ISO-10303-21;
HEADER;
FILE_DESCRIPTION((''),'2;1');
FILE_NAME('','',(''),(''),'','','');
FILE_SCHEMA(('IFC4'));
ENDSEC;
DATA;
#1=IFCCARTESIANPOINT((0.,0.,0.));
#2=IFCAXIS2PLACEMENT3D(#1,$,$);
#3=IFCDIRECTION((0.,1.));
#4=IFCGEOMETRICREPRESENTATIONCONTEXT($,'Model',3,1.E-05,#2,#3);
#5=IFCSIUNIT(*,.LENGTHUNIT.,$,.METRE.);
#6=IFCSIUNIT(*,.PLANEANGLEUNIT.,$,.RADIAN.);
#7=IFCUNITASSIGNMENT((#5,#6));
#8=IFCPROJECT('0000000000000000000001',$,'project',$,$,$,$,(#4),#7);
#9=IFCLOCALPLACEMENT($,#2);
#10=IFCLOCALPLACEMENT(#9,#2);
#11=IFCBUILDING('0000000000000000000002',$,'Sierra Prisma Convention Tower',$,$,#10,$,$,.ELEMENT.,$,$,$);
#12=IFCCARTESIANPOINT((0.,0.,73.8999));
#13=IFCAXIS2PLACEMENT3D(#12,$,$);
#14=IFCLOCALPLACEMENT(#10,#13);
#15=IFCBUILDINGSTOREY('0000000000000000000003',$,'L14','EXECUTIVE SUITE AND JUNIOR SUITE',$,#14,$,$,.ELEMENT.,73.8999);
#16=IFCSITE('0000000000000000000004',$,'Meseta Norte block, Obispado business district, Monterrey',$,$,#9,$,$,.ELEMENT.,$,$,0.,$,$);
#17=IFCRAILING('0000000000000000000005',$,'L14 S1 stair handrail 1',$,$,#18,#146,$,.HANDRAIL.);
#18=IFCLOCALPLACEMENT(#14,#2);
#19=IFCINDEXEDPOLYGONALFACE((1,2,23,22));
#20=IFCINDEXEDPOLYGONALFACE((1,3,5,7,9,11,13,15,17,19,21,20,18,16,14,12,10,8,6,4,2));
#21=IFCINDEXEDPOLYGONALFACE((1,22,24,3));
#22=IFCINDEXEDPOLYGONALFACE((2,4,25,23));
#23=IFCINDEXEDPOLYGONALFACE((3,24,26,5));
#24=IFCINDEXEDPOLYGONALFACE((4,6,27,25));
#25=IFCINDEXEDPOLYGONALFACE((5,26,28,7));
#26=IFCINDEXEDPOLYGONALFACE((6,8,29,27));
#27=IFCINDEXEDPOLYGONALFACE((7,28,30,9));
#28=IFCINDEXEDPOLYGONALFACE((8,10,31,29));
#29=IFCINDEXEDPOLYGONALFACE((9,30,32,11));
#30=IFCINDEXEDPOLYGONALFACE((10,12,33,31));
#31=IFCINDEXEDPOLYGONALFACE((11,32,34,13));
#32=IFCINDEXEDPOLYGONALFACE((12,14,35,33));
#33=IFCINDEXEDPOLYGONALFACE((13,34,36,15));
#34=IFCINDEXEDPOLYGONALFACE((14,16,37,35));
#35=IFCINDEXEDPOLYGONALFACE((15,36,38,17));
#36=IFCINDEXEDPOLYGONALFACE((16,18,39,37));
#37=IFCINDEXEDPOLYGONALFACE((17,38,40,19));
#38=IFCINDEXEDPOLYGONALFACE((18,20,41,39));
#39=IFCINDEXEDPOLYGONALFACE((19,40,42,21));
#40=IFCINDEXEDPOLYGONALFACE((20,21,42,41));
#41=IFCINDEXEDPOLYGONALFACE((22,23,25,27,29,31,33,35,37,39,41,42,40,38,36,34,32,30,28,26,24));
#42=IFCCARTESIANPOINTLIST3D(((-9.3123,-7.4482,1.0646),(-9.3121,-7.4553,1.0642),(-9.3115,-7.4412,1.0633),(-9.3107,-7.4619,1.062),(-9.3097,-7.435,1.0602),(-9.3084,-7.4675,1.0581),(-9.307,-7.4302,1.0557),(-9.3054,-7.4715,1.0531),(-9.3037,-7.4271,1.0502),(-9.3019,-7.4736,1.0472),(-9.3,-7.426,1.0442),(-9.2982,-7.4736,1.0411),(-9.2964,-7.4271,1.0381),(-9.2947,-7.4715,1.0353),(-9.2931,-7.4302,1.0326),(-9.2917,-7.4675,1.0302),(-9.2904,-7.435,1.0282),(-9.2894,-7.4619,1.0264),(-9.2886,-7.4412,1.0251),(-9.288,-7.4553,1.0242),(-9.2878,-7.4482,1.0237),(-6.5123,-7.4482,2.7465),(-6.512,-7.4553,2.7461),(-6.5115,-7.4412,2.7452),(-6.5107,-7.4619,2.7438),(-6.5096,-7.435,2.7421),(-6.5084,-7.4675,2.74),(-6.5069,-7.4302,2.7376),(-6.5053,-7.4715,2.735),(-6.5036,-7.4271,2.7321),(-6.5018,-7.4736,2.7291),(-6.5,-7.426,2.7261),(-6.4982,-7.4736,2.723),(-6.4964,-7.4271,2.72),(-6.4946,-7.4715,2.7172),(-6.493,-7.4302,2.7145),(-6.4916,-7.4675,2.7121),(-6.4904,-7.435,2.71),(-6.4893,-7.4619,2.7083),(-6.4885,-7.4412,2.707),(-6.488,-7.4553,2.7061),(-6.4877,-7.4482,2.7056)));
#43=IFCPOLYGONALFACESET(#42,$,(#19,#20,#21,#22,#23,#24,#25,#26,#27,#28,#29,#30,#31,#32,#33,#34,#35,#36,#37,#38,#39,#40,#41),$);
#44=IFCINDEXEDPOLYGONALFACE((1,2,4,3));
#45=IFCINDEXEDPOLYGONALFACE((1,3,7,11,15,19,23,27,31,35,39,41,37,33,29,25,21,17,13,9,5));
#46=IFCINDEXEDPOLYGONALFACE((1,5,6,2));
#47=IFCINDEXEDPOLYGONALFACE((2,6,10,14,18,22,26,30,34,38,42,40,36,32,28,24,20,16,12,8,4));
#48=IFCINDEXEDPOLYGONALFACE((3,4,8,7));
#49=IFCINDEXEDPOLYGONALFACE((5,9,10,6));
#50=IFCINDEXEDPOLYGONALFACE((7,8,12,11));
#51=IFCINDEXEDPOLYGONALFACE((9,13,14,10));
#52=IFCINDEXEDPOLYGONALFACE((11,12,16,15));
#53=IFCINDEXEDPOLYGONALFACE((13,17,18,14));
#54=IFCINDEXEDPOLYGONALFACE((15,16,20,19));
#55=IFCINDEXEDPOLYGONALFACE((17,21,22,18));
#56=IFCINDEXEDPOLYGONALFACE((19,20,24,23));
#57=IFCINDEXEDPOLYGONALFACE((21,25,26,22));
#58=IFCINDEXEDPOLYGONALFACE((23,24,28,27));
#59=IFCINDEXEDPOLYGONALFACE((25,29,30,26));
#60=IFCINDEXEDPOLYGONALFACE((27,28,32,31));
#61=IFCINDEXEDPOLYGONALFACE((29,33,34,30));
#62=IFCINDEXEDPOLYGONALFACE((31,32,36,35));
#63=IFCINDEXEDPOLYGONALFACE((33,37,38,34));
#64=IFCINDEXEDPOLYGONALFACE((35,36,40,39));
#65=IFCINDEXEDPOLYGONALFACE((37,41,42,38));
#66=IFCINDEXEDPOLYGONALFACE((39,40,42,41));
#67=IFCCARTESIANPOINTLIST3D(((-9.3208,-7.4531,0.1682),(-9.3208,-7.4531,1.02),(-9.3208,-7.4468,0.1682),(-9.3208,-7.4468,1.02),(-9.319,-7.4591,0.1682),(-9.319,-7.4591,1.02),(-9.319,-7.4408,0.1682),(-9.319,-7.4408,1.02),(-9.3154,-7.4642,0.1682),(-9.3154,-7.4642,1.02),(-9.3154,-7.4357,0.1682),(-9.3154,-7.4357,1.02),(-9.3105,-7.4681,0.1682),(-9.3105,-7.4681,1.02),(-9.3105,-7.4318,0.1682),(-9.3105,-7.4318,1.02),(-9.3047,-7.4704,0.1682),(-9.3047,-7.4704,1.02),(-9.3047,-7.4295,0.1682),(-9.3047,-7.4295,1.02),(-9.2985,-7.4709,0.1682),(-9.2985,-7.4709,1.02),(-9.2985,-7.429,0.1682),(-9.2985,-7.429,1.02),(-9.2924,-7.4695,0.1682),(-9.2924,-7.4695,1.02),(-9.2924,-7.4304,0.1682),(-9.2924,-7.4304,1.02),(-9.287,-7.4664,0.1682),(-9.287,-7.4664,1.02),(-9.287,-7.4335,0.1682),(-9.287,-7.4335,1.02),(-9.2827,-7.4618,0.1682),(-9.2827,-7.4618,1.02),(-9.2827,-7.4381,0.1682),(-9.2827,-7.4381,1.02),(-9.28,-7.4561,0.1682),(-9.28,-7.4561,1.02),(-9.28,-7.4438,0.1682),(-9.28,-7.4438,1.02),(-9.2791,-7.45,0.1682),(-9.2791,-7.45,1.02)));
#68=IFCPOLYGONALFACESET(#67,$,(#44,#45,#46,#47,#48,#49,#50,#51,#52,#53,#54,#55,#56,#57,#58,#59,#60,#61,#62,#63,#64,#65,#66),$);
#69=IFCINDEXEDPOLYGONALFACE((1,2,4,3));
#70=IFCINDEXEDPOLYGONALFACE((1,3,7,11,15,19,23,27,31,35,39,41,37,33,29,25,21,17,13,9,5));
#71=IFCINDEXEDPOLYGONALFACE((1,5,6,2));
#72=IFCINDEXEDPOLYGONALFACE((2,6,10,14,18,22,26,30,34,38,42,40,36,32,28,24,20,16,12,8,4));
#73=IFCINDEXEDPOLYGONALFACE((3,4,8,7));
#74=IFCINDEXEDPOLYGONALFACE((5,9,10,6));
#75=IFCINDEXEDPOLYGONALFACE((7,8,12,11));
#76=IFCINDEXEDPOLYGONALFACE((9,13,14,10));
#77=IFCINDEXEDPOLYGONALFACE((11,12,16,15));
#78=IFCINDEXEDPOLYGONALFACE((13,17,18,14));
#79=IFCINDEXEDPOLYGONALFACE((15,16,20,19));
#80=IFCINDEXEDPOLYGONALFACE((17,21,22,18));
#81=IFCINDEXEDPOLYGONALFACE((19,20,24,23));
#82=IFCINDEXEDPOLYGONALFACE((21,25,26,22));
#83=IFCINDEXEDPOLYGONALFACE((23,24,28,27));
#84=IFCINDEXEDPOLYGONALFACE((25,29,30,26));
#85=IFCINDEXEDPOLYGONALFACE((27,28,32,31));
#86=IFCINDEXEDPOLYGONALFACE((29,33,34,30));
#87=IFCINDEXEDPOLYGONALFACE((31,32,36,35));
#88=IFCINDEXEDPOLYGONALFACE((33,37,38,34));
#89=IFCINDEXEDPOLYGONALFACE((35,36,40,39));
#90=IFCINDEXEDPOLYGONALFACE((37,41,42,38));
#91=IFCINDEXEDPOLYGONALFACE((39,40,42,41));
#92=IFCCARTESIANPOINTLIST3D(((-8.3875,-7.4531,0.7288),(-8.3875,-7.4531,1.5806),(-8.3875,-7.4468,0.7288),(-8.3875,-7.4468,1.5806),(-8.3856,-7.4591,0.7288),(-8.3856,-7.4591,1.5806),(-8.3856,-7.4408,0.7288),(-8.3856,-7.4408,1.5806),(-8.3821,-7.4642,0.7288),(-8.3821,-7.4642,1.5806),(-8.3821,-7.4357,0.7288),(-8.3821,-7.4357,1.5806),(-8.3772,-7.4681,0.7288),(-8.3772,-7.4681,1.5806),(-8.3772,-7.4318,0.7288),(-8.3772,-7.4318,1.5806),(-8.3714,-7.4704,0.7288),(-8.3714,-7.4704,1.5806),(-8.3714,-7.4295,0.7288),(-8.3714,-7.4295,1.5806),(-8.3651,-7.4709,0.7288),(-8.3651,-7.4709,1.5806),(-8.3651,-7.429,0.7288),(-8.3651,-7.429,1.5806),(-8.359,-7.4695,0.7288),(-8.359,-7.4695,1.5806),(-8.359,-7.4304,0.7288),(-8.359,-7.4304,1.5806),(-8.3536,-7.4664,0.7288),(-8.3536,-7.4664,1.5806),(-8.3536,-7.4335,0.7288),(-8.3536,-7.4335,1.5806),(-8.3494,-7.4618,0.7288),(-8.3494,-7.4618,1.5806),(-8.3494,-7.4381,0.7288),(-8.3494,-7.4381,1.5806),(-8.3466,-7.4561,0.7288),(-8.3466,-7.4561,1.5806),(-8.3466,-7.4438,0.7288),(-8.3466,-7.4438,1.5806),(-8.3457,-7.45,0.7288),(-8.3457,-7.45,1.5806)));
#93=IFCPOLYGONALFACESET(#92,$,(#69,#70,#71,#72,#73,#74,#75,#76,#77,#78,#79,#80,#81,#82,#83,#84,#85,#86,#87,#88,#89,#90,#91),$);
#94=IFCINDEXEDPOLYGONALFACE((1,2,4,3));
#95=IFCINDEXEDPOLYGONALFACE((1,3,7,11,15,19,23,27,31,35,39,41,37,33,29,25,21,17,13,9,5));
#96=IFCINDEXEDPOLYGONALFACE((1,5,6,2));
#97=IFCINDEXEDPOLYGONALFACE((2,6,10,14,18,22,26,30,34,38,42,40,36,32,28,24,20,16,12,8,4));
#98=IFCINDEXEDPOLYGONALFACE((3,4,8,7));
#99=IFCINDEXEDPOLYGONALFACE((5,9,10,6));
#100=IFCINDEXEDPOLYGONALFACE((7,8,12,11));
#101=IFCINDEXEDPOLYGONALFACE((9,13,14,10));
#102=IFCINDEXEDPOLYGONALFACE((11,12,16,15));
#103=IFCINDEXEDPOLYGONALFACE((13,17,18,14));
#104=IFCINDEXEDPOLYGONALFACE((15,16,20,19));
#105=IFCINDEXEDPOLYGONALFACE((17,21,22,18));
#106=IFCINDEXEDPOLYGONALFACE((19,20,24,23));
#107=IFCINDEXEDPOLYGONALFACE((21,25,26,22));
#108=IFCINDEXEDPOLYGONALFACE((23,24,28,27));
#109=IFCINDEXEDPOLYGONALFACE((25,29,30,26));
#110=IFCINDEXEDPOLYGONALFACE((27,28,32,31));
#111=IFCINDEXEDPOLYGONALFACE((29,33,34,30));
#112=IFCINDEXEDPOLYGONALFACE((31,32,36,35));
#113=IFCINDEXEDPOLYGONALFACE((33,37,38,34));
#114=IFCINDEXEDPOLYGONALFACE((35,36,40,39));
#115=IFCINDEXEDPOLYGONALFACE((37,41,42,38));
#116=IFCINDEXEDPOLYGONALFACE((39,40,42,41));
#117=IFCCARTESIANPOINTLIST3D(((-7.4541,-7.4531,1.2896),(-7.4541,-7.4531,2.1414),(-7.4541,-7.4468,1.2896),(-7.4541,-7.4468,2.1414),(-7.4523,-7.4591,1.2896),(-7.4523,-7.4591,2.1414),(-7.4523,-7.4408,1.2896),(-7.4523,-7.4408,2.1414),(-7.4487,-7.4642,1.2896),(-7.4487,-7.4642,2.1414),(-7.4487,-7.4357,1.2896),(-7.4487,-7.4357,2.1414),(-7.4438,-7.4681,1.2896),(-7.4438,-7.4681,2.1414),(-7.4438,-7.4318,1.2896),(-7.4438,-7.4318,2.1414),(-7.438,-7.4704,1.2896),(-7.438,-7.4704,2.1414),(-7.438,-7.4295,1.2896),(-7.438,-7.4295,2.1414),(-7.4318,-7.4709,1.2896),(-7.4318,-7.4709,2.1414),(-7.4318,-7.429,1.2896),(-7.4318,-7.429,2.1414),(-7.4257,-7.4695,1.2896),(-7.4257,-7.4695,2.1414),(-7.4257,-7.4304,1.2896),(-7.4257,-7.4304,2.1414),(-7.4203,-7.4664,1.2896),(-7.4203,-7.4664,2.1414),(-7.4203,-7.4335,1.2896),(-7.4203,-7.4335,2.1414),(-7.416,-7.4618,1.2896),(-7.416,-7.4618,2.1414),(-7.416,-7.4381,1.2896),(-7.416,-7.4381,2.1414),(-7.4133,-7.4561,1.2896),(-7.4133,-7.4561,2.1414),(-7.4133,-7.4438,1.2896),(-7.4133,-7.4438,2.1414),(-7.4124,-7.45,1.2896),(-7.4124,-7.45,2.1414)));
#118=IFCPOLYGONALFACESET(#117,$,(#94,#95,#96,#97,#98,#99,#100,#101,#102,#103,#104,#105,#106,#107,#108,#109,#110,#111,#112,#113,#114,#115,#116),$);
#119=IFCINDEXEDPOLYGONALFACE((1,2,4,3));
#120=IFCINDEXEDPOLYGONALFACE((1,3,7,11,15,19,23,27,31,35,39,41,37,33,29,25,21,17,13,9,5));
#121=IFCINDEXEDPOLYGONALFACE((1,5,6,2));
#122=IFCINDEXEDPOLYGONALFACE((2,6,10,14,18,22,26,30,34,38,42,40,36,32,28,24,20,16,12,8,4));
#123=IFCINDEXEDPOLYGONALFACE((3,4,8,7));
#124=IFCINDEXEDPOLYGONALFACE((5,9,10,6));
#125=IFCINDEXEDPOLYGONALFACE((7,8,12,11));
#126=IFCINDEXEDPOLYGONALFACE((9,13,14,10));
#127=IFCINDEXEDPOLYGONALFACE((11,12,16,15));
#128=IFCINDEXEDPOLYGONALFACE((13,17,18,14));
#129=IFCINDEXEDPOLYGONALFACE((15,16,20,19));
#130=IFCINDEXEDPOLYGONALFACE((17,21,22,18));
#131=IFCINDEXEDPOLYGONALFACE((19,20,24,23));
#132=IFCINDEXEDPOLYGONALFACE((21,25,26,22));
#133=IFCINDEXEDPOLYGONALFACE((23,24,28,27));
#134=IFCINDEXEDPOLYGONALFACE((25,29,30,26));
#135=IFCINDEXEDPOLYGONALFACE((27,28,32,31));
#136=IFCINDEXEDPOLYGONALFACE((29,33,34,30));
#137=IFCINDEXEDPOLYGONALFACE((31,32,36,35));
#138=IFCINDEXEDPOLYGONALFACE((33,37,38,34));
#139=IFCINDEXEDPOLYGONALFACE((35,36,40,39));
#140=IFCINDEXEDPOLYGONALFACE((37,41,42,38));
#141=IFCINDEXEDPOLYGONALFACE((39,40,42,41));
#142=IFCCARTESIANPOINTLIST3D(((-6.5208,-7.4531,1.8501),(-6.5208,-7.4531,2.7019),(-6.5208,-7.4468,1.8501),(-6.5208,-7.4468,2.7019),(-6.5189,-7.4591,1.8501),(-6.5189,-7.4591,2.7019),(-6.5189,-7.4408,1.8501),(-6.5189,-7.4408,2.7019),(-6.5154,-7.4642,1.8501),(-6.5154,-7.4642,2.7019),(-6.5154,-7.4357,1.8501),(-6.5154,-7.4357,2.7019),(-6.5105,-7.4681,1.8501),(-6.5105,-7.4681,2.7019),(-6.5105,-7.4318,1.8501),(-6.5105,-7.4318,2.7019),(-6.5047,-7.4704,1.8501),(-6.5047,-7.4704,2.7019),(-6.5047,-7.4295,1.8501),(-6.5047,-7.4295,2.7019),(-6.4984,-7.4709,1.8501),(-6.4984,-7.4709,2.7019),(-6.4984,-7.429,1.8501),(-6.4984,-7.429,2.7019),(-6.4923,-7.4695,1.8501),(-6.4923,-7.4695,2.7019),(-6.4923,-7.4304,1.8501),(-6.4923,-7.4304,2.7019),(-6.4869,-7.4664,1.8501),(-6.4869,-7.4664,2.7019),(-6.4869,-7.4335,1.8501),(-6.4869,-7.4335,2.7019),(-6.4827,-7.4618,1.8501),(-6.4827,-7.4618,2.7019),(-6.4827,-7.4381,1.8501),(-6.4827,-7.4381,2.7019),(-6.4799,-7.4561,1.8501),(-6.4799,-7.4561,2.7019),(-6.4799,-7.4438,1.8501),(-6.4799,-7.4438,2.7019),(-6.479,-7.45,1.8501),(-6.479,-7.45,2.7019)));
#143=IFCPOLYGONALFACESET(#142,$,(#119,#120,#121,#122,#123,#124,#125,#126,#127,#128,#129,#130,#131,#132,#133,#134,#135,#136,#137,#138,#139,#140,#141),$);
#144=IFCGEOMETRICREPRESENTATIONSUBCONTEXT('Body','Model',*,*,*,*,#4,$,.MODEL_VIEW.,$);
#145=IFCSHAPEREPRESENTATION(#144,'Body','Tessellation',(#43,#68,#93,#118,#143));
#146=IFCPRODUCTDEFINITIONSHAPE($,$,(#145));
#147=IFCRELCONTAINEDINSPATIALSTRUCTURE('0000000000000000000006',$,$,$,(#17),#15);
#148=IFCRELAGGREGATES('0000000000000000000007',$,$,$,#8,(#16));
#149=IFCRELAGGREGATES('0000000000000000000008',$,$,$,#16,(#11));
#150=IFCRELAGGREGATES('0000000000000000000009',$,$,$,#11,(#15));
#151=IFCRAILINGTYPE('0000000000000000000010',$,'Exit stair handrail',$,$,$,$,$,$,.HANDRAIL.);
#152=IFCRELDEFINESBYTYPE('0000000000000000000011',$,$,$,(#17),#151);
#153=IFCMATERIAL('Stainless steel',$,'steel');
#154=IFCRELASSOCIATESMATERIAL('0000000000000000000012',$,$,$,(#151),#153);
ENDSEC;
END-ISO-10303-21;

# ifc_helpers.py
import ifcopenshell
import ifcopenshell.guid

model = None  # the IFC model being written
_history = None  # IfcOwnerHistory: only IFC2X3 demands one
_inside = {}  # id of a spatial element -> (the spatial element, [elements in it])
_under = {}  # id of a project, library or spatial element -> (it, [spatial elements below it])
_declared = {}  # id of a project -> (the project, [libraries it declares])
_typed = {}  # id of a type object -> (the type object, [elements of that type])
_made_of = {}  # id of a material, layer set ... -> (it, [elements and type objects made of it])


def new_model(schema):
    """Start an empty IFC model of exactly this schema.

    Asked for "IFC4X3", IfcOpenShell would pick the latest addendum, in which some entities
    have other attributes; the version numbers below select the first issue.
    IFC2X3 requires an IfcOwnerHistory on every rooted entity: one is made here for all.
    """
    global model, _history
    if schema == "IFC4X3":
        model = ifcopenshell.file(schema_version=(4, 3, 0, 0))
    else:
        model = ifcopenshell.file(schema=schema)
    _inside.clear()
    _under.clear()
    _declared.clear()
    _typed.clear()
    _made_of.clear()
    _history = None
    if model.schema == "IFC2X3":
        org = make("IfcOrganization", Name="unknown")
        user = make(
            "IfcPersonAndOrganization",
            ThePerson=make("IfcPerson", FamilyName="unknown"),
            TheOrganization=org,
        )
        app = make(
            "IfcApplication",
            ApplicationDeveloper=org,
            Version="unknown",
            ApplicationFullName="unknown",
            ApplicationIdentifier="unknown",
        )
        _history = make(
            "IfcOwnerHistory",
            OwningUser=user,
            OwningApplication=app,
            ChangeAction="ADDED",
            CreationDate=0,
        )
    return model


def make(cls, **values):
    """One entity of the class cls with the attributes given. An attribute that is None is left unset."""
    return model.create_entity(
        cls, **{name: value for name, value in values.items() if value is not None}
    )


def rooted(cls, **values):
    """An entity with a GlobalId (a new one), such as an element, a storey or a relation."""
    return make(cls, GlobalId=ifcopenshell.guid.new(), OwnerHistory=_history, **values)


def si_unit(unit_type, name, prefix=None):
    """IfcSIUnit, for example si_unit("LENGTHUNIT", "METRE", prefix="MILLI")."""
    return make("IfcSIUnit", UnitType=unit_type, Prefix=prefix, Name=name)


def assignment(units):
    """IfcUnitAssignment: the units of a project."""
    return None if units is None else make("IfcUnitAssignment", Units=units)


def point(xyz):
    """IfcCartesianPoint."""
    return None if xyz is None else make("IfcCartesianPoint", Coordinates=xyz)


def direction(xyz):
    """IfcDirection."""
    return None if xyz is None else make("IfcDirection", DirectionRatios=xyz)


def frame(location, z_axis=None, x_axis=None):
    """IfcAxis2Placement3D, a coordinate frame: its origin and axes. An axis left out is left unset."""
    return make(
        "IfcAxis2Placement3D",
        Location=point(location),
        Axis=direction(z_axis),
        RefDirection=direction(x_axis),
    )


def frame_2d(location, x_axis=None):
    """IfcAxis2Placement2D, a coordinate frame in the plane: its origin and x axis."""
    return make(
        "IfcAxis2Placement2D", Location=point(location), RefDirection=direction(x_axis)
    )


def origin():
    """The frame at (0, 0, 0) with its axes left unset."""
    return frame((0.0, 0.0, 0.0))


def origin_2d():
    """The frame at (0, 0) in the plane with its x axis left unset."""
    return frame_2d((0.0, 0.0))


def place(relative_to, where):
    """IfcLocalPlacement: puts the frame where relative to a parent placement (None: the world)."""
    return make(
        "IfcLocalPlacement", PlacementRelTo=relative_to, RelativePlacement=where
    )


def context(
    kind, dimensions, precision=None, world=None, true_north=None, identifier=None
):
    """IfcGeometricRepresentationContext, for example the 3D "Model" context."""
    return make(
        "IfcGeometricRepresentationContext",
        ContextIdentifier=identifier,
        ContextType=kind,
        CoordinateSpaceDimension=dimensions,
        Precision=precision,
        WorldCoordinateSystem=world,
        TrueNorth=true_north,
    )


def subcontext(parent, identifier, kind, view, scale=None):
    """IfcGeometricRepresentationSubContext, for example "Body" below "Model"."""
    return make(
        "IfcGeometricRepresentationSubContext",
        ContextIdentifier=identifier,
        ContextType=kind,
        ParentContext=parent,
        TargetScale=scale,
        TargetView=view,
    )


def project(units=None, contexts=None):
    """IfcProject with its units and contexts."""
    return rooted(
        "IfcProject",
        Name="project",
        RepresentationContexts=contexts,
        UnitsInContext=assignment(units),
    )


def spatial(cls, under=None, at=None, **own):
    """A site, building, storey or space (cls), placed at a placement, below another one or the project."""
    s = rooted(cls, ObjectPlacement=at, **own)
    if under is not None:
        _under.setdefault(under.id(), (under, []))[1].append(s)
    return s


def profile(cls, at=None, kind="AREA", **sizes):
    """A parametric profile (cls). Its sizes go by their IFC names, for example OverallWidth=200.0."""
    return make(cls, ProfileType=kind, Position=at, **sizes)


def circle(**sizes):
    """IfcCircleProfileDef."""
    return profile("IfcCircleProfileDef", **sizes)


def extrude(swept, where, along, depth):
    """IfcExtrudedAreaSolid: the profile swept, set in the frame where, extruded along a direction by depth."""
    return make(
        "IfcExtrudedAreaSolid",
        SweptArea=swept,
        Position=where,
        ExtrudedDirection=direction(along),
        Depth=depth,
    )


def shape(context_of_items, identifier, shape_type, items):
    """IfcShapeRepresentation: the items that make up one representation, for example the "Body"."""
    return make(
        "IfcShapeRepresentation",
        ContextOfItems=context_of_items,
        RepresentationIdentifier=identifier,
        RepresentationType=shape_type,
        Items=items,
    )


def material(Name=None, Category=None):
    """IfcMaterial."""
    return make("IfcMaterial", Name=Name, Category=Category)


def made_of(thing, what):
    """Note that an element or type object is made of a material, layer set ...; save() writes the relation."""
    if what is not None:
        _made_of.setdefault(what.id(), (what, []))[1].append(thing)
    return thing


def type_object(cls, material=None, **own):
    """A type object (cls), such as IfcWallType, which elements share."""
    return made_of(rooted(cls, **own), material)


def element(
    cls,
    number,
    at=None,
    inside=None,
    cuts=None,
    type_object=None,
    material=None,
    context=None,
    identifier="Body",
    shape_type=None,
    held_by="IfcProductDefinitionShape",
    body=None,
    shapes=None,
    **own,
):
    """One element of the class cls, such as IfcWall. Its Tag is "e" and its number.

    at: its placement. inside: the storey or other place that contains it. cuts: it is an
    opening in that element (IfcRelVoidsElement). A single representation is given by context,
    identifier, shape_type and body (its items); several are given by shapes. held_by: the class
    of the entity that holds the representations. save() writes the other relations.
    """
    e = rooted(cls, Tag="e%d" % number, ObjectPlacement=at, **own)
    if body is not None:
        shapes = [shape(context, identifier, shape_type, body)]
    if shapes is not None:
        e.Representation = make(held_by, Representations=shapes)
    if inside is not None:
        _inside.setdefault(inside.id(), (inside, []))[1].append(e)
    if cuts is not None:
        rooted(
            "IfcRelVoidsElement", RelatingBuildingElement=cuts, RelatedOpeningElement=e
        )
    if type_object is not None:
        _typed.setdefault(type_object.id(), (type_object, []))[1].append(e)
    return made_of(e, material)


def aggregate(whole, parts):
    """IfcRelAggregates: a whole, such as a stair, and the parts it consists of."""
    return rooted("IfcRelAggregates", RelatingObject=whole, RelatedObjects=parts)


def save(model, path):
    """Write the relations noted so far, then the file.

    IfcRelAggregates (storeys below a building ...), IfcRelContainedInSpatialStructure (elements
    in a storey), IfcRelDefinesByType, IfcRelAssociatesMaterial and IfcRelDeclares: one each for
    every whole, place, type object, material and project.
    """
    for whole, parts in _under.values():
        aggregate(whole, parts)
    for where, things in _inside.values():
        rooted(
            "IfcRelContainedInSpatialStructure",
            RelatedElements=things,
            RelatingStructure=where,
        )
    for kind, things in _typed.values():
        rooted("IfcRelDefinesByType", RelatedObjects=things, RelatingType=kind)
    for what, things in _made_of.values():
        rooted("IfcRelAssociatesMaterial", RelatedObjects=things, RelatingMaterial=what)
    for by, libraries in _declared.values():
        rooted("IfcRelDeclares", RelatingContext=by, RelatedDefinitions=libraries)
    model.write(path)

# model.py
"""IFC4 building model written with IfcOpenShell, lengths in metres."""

from ifc_helpers import new_model, si_unit, direction, frame, origin, origin_2d, place, context, subcontext, project, spatial, circle, extrude, material, type_object, element, save


model = new_model("IFC4")

# Units and contexts
model_context = context("Model", 3, precision=1e-05, world=origin(), true_north=direction((0.0, 1.0)))
body_context = subcontext(model_context, "Body", "Model", "MODEL_VIEW")
ifc_project = project(units=[si_unit("LENGTHUNIT", "METRE"), si_unit("PLANEANGLEUNIT", "RADIAN")], contexts=[model_context])

# Site, building, storey
site_placement = place(None, origin())
site = spatial("IfcSite", under=ifc_project, at=site_placement, Name="Meseta Norte block, Obispado business district, Monterrey", CompositionType="ELEMENT", RefElevation=0.0)
building_placement = place(site_placement, origin())
building = spatial("IfcBuilding", under=site, at=building_placement, Name="Sierra Prisma Convention Tower", CompositionType="ELEMENT")
storey_placement = place(building_placement, frame((0.0, 0.0, 73.8999)))
storey = spatial("IfcBuildingStorey", under=building, at=storey_placement, Name="L14", Description="EXECUTIVE SUITE AND JUNIOR SUITE", CompositionType="ELEMENT", Elevation=73.8999)

# Railing
ifc_material_1 = material(Name="Stainless steel", Category="steel")
railing_type_1 = type_object("IfcRailingType", Name="Exit stair handrail", PredefinedType="HANDRAIL", material=ifc_material_1)
railing_1_placement = place(storey_placement, frame((-9.3, -7.45, 0.1682)))
element("IfcRailing", 1, at=railing_1_placement, inside=storey, type_object=railing_type_1, Name="L14 S1 stair handrail 1", PredefinedType="HANDRAIL", context=body_context, shape_type="SweptSolid", body=[
    extrude(circle(Radius=0.0239, at=origin_2d()), frame((0.0, 0.0, 0.876), z_axis=(0.857242, 0.0, 0.514913), x_axis=(0.0, 1.0, 0.0)), (0.0, 0.0, 1.0), 3.2664),
    extrude(circle(Radius=0.021, at=origin_2d()), origin(), (0.0, 0.0, 1.0), 0.8518),
    extrude(circle(Radius=0.021, at=origin_2d()), frame((0.9333, 0.0, 0.5605)), (0.0, 0.0, 1.0), 0.8518),
    extrude(circle(Radius=0.021, at=origin_2d()), frame((1.8667, 0.0, 1.1213)), (0.0, 0.0, 1.0), 0.8518),
    extrude(circle(Radius=0.021, at=origin_2d()), frame((2.8, 0.0, 1.6819)), (0.0, 0.0, 1.0), 0.8518),
])

save(model, "model.ifc")
